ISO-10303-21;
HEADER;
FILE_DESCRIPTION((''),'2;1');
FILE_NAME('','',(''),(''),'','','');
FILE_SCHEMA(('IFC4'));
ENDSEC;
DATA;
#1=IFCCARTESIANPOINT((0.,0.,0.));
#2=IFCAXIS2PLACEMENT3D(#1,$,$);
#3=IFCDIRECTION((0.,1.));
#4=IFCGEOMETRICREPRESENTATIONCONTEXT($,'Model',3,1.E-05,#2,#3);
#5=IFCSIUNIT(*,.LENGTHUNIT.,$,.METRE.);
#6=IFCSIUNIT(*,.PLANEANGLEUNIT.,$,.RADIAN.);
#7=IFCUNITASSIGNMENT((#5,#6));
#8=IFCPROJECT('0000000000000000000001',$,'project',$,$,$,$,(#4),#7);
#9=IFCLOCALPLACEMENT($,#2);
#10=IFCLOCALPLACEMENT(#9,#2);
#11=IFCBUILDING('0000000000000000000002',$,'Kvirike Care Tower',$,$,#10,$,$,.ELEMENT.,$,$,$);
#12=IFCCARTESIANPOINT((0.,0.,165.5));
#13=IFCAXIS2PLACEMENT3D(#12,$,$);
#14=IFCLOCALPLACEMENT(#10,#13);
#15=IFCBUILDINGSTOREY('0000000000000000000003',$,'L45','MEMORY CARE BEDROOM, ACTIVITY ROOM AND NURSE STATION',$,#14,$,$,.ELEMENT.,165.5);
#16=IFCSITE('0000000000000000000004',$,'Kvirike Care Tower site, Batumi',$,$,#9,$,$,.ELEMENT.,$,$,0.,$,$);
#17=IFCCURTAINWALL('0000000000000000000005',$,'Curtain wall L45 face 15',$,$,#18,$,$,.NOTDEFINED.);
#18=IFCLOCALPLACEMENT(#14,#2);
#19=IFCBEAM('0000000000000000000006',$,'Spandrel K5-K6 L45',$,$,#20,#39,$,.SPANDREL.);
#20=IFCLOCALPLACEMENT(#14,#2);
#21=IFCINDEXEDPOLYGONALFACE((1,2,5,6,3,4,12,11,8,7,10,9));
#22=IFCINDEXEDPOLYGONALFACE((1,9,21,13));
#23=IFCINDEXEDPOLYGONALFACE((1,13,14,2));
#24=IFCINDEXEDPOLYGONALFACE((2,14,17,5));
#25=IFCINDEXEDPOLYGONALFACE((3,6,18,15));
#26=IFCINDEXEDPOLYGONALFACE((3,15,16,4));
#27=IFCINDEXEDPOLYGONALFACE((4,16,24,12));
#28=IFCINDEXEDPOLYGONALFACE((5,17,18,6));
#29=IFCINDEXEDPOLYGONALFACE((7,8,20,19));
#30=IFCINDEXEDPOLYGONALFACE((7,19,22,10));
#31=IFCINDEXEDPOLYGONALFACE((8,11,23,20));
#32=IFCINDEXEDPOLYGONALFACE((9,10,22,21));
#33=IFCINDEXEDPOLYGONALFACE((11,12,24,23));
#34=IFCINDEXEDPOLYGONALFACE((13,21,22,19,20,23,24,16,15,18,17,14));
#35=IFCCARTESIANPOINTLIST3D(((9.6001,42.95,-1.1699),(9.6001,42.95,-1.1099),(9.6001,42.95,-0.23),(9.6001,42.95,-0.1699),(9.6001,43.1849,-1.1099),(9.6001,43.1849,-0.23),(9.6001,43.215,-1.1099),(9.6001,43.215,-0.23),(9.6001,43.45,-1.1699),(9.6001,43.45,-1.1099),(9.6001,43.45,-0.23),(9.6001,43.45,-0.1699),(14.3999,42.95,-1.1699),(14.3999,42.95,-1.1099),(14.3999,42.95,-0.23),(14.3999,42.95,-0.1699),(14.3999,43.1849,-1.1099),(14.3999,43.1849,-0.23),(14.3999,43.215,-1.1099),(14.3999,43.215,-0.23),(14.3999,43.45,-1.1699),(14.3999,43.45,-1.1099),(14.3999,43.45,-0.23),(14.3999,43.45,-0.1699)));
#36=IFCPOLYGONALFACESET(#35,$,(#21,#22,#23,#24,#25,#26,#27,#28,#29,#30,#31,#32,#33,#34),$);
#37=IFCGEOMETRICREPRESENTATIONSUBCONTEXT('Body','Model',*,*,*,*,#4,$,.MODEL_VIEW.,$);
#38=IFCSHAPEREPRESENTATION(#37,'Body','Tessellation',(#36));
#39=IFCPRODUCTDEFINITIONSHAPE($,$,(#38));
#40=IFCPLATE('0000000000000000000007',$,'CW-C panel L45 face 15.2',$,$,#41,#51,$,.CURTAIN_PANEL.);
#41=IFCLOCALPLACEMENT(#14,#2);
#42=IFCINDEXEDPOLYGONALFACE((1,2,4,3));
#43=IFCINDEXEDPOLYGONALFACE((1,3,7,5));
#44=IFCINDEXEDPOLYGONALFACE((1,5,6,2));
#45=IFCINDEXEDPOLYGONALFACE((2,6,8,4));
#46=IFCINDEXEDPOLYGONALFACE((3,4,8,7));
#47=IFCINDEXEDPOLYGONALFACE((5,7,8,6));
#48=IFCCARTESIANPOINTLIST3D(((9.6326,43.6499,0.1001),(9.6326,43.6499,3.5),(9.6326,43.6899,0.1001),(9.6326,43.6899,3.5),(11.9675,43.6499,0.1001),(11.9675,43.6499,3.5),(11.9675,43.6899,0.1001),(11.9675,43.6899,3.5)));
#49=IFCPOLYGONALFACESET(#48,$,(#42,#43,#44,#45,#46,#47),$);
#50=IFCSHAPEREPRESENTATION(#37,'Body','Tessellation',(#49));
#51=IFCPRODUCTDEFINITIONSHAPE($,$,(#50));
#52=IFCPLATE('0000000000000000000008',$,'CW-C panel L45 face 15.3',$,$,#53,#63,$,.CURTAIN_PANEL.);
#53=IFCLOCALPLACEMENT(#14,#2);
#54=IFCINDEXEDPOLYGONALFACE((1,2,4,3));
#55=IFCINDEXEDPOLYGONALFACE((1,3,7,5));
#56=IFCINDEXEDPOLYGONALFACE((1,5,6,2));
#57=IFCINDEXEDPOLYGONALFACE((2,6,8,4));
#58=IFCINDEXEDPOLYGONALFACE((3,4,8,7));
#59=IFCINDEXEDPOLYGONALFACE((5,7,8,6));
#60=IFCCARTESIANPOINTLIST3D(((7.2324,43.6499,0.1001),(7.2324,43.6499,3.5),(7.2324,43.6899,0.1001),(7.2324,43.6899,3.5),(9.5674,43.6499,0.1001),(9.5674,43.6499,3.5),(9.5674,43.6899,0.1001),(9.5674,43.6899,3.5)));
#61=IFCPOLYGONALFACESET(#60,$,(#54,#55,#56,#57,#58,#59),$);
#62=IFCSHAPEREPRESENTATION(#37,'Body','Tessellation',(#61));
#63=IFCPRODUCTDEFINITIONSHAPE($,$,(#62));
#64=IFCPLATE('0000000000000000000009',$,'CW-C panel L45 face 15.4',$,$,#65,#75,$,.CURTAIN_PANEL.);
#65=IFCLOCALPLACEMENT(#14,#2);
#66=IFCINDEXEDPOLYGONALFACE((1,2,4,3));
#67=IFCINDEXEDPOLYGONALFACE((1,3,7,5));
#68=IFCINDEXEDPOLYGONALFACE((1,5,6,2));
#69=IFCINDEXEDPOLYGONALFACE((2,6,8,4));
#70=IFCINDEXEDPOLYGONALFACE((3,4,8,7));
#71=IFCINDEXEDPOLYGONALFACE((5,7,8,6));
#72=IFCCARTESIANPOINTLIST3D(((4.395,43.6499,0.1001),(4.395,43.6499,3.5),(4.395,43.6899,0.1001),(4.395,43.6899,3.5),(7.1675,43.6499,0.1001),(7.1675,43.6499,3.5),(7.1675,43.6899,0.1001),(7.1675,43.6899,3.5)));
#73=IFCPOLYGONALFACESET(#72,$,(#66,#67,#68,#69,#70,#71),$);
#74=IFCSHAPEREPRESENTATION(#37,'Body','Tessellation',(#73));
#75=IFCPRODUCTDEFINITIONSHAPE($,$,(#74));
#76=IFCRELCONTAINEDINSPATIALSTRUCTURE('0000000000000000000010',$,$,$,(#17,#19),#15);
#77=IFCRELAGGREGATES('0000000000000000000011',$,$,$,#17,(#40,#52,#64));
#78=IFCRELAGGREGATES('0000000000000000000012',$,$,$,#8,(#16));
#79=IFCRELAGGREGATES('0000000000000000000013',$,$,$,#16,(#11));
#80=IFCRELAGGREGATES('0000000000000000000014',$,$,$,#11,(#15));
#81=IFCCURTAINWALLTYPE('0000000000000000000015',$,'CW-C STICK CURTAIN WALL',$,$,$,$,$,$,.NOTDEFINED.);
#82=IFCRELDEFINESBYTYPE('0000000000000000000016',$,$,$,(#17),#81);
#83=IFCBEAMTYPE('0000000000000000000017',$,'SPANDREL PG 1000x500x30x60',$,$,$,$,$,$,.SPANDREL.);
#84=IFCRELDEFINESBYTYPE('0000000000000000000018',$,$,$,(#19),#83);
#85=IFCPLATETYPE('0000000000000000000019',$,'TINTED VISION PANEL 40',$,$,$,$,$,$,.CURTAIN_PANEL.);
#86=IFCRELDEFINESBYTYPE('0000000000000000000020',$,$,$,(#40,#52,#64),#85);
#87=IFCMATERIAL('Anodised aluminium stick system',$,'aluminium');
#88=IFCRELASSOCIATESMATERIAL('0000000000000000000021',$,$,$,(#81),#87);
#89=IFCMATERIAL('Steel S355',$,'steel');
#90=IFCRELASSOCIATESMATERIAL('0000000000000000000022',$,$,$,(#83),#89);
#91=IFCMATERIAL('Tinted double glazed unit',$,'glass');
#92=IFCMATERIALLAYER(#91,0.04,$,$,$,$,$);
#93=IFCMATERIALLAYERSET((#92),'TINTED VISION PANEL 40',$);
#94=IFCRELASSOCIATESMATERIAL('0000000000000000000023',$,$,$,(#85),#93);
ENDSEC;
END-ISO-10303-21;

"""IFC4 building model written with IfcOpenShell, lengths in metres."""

from ifc_helpers import new_model, si_unit, direction, frame, origin, origin_2d, place, context, subcontext, project, spatial, rectangle, i_section, extrude, material, layer, layer_set, material_profile, profile_set, type_object, element, aggregate, save


model = new_model("IFC4")

# Units and contexts
model_context = context("Model", 3, precision=1e-05, world=origin(), true_north=direction((0.0, 1.0)))
body_context = subcontext(model_context, "Body", "Model", "MODEL_VIEW")
ifc_project = project(units=[si_unit("LENGTHUNIT", "METRE"), si_unit("PLANEANGLEUNIT", "RADIAN")], contexts=[model_context])

# Site, building, storey
site_placement = place(None, origin())
site = spatial("IfcSite", under=ifc_project, at=site_placement, Name="Kvirike Care Tower site, Batumi", CompositionType="ELEMENT", RefElevation=0.0)
building_placement = place(site_placement, origin())
building = spatial("IfcBuilding", under=site, at=building_placement, Name="Kvirike Care Tower", CompositionType="ELEMENT")
storey_placement = place(building_placement, frame((0.0, 0.0, 165.5)))
storey = spatial("IfcBuildingStorey", under=building, at=storey_placement, Name="L45", Description="MEMORY CARE BEDROOM, ACTIVITY ROOM AND NURSE STATION", CompositionType="ELEMENT", Elevation=165.5)

# Curtain wall
ifc_material_1 = material(Name="Anodised aluminium stick system", Category="aluminium")
curtain_wall_type = type_object("IfcCurtainWallType", Name="CW-C STICK CURTAIN WALL", PredefinedType="NOTDEFINED", material=ifc_material_1)
curtain_wall_1_placement = place(storey_placement, origin())
curtain_wall_1 = element("IfcCurtainWall", 1, at=curtain_wall_1_placement, inside=storey, type_object=curtain_wall_type, Name="Curtain wall L45 face 15", PredefinedType="NOTDEFINED")

# Beam
ifc_material_2 = material(Name="Steel S355", Category="steel")
ifc_material_profile_1 = material_profile(ifc_material_2, i_section(OverallWidth=0.5, OverallDepth=1.0, WebThickness=0.03, FlangeThickness=0.0601, at=origin_2d()), Name="PG 1000x500x30x60")
ifc_profile_set_1 = profile_set([ifc_material_profile_1], Name="Steel S355")
beam_type = type_object("IfcBeamType", Name="SPANDREL PG 1000x500x30x60", PredefinedType="SPANDREL", material=ifc_profile_set_1)
beam_1_placement = place(storey_placement, frame((9.6001, 43.2, -0.6699), z_axis=(1.0, 0.0, 0.0), x_axis=(0.0, 1.0, 0.0)))
element("IfcBeam", 2, at=beam_1_placement, inside=storey, type_object=beam_type, Name="Spandrel K5-K6 L45", PredefinedType="SPANDREL", context=body_context, shape_type="SweptSolid", body=[
    extrude(i_section(OverallWidth=0.5, OverallDepth=1.0, WebThickness=0.03, FlangeThickness=0.0601, at=origin_2d()), origin(), (0.0, 0.0, 1.0), 4.7998),
])

# Plates
ifc_material_3 = material(Name="Tinted double glazed unit", Category="glass")
ifc_layer = layer(ifc_material_3, 0.04)
ifc_layer_set = layer_set([ifc_layer], Name="TINTED VISION PANEL 40")
plate_type = type_object("IfcPlateType", Name="TINTED VISION PANEL 40", PredefinedType="CURTAIN_PANEL", material=ifc_layer_set)
plate_1_placement = place(storey_placement, frame((10.8, 43.6699, 0.1001), z_axis=(0.0, 0.0, 1.0), x_axis=(-1.0, 0.0, 0.0)))
plate_1 = element("IfcPlate", 3, at=plate_1_placement, type_object=plate_type, Name="CW-C panel L45 face 15.2", PredefinedType="CURTAIN_PANEL", context=body_context, shape_type="SweptSolid", body=[
    extrude(rectangle(XDim=2.335, YDim=0.04, at=origin_2d()), origin(), (0.0, 0.0, 1.0), 3.3999),
])
plate_2_placement = place(storey_placement, frame((8.3999, 43.6699, 0.1001), z_axis=(0.0, 0.0, 1.0), x_axis=(-1.0, 0.0, 0.0)))
plate_2 = element("IfcPlate", 4, at=plate_2_placement, type_object=plate_type, Name="CW-C panel L45 face 15.3", PredefinedType="CURTAIN_PANEL", context=body_context, shape_type="SweptSolid", body=[
    extrude(rectangle(XDim=2.335, YDim=0.04, at=origin_2d()), origin(), (0.0, 0.0, 1.0), 3.3999),
])
plate_3_placement = place(storey_placement, frame((5.7812, 43.6699, 0.1001), z_axis=(0.0, 0.0, 1.0), x_axis=(-1.0, 0.0, 0.0)))
plate_3 = element("IfcPlate", 5, at=plate_3_placement, type_object=plate_type, Name="CW-C panel L45 face 15.4", PredefinedType="CURTAIN_PANEL", context=body_context, shape_type="SweptSolid", body=[
    extrude(rectangle(XDim=2.7725, YDim=0.04, at=origin_2d()), origin(), (0.0, 0.0, 1.0), 3.3999),
])
aggregate(curtain_wall_1, [plate_1, plate_2, plate_3])

save(model, "model.ifc")
